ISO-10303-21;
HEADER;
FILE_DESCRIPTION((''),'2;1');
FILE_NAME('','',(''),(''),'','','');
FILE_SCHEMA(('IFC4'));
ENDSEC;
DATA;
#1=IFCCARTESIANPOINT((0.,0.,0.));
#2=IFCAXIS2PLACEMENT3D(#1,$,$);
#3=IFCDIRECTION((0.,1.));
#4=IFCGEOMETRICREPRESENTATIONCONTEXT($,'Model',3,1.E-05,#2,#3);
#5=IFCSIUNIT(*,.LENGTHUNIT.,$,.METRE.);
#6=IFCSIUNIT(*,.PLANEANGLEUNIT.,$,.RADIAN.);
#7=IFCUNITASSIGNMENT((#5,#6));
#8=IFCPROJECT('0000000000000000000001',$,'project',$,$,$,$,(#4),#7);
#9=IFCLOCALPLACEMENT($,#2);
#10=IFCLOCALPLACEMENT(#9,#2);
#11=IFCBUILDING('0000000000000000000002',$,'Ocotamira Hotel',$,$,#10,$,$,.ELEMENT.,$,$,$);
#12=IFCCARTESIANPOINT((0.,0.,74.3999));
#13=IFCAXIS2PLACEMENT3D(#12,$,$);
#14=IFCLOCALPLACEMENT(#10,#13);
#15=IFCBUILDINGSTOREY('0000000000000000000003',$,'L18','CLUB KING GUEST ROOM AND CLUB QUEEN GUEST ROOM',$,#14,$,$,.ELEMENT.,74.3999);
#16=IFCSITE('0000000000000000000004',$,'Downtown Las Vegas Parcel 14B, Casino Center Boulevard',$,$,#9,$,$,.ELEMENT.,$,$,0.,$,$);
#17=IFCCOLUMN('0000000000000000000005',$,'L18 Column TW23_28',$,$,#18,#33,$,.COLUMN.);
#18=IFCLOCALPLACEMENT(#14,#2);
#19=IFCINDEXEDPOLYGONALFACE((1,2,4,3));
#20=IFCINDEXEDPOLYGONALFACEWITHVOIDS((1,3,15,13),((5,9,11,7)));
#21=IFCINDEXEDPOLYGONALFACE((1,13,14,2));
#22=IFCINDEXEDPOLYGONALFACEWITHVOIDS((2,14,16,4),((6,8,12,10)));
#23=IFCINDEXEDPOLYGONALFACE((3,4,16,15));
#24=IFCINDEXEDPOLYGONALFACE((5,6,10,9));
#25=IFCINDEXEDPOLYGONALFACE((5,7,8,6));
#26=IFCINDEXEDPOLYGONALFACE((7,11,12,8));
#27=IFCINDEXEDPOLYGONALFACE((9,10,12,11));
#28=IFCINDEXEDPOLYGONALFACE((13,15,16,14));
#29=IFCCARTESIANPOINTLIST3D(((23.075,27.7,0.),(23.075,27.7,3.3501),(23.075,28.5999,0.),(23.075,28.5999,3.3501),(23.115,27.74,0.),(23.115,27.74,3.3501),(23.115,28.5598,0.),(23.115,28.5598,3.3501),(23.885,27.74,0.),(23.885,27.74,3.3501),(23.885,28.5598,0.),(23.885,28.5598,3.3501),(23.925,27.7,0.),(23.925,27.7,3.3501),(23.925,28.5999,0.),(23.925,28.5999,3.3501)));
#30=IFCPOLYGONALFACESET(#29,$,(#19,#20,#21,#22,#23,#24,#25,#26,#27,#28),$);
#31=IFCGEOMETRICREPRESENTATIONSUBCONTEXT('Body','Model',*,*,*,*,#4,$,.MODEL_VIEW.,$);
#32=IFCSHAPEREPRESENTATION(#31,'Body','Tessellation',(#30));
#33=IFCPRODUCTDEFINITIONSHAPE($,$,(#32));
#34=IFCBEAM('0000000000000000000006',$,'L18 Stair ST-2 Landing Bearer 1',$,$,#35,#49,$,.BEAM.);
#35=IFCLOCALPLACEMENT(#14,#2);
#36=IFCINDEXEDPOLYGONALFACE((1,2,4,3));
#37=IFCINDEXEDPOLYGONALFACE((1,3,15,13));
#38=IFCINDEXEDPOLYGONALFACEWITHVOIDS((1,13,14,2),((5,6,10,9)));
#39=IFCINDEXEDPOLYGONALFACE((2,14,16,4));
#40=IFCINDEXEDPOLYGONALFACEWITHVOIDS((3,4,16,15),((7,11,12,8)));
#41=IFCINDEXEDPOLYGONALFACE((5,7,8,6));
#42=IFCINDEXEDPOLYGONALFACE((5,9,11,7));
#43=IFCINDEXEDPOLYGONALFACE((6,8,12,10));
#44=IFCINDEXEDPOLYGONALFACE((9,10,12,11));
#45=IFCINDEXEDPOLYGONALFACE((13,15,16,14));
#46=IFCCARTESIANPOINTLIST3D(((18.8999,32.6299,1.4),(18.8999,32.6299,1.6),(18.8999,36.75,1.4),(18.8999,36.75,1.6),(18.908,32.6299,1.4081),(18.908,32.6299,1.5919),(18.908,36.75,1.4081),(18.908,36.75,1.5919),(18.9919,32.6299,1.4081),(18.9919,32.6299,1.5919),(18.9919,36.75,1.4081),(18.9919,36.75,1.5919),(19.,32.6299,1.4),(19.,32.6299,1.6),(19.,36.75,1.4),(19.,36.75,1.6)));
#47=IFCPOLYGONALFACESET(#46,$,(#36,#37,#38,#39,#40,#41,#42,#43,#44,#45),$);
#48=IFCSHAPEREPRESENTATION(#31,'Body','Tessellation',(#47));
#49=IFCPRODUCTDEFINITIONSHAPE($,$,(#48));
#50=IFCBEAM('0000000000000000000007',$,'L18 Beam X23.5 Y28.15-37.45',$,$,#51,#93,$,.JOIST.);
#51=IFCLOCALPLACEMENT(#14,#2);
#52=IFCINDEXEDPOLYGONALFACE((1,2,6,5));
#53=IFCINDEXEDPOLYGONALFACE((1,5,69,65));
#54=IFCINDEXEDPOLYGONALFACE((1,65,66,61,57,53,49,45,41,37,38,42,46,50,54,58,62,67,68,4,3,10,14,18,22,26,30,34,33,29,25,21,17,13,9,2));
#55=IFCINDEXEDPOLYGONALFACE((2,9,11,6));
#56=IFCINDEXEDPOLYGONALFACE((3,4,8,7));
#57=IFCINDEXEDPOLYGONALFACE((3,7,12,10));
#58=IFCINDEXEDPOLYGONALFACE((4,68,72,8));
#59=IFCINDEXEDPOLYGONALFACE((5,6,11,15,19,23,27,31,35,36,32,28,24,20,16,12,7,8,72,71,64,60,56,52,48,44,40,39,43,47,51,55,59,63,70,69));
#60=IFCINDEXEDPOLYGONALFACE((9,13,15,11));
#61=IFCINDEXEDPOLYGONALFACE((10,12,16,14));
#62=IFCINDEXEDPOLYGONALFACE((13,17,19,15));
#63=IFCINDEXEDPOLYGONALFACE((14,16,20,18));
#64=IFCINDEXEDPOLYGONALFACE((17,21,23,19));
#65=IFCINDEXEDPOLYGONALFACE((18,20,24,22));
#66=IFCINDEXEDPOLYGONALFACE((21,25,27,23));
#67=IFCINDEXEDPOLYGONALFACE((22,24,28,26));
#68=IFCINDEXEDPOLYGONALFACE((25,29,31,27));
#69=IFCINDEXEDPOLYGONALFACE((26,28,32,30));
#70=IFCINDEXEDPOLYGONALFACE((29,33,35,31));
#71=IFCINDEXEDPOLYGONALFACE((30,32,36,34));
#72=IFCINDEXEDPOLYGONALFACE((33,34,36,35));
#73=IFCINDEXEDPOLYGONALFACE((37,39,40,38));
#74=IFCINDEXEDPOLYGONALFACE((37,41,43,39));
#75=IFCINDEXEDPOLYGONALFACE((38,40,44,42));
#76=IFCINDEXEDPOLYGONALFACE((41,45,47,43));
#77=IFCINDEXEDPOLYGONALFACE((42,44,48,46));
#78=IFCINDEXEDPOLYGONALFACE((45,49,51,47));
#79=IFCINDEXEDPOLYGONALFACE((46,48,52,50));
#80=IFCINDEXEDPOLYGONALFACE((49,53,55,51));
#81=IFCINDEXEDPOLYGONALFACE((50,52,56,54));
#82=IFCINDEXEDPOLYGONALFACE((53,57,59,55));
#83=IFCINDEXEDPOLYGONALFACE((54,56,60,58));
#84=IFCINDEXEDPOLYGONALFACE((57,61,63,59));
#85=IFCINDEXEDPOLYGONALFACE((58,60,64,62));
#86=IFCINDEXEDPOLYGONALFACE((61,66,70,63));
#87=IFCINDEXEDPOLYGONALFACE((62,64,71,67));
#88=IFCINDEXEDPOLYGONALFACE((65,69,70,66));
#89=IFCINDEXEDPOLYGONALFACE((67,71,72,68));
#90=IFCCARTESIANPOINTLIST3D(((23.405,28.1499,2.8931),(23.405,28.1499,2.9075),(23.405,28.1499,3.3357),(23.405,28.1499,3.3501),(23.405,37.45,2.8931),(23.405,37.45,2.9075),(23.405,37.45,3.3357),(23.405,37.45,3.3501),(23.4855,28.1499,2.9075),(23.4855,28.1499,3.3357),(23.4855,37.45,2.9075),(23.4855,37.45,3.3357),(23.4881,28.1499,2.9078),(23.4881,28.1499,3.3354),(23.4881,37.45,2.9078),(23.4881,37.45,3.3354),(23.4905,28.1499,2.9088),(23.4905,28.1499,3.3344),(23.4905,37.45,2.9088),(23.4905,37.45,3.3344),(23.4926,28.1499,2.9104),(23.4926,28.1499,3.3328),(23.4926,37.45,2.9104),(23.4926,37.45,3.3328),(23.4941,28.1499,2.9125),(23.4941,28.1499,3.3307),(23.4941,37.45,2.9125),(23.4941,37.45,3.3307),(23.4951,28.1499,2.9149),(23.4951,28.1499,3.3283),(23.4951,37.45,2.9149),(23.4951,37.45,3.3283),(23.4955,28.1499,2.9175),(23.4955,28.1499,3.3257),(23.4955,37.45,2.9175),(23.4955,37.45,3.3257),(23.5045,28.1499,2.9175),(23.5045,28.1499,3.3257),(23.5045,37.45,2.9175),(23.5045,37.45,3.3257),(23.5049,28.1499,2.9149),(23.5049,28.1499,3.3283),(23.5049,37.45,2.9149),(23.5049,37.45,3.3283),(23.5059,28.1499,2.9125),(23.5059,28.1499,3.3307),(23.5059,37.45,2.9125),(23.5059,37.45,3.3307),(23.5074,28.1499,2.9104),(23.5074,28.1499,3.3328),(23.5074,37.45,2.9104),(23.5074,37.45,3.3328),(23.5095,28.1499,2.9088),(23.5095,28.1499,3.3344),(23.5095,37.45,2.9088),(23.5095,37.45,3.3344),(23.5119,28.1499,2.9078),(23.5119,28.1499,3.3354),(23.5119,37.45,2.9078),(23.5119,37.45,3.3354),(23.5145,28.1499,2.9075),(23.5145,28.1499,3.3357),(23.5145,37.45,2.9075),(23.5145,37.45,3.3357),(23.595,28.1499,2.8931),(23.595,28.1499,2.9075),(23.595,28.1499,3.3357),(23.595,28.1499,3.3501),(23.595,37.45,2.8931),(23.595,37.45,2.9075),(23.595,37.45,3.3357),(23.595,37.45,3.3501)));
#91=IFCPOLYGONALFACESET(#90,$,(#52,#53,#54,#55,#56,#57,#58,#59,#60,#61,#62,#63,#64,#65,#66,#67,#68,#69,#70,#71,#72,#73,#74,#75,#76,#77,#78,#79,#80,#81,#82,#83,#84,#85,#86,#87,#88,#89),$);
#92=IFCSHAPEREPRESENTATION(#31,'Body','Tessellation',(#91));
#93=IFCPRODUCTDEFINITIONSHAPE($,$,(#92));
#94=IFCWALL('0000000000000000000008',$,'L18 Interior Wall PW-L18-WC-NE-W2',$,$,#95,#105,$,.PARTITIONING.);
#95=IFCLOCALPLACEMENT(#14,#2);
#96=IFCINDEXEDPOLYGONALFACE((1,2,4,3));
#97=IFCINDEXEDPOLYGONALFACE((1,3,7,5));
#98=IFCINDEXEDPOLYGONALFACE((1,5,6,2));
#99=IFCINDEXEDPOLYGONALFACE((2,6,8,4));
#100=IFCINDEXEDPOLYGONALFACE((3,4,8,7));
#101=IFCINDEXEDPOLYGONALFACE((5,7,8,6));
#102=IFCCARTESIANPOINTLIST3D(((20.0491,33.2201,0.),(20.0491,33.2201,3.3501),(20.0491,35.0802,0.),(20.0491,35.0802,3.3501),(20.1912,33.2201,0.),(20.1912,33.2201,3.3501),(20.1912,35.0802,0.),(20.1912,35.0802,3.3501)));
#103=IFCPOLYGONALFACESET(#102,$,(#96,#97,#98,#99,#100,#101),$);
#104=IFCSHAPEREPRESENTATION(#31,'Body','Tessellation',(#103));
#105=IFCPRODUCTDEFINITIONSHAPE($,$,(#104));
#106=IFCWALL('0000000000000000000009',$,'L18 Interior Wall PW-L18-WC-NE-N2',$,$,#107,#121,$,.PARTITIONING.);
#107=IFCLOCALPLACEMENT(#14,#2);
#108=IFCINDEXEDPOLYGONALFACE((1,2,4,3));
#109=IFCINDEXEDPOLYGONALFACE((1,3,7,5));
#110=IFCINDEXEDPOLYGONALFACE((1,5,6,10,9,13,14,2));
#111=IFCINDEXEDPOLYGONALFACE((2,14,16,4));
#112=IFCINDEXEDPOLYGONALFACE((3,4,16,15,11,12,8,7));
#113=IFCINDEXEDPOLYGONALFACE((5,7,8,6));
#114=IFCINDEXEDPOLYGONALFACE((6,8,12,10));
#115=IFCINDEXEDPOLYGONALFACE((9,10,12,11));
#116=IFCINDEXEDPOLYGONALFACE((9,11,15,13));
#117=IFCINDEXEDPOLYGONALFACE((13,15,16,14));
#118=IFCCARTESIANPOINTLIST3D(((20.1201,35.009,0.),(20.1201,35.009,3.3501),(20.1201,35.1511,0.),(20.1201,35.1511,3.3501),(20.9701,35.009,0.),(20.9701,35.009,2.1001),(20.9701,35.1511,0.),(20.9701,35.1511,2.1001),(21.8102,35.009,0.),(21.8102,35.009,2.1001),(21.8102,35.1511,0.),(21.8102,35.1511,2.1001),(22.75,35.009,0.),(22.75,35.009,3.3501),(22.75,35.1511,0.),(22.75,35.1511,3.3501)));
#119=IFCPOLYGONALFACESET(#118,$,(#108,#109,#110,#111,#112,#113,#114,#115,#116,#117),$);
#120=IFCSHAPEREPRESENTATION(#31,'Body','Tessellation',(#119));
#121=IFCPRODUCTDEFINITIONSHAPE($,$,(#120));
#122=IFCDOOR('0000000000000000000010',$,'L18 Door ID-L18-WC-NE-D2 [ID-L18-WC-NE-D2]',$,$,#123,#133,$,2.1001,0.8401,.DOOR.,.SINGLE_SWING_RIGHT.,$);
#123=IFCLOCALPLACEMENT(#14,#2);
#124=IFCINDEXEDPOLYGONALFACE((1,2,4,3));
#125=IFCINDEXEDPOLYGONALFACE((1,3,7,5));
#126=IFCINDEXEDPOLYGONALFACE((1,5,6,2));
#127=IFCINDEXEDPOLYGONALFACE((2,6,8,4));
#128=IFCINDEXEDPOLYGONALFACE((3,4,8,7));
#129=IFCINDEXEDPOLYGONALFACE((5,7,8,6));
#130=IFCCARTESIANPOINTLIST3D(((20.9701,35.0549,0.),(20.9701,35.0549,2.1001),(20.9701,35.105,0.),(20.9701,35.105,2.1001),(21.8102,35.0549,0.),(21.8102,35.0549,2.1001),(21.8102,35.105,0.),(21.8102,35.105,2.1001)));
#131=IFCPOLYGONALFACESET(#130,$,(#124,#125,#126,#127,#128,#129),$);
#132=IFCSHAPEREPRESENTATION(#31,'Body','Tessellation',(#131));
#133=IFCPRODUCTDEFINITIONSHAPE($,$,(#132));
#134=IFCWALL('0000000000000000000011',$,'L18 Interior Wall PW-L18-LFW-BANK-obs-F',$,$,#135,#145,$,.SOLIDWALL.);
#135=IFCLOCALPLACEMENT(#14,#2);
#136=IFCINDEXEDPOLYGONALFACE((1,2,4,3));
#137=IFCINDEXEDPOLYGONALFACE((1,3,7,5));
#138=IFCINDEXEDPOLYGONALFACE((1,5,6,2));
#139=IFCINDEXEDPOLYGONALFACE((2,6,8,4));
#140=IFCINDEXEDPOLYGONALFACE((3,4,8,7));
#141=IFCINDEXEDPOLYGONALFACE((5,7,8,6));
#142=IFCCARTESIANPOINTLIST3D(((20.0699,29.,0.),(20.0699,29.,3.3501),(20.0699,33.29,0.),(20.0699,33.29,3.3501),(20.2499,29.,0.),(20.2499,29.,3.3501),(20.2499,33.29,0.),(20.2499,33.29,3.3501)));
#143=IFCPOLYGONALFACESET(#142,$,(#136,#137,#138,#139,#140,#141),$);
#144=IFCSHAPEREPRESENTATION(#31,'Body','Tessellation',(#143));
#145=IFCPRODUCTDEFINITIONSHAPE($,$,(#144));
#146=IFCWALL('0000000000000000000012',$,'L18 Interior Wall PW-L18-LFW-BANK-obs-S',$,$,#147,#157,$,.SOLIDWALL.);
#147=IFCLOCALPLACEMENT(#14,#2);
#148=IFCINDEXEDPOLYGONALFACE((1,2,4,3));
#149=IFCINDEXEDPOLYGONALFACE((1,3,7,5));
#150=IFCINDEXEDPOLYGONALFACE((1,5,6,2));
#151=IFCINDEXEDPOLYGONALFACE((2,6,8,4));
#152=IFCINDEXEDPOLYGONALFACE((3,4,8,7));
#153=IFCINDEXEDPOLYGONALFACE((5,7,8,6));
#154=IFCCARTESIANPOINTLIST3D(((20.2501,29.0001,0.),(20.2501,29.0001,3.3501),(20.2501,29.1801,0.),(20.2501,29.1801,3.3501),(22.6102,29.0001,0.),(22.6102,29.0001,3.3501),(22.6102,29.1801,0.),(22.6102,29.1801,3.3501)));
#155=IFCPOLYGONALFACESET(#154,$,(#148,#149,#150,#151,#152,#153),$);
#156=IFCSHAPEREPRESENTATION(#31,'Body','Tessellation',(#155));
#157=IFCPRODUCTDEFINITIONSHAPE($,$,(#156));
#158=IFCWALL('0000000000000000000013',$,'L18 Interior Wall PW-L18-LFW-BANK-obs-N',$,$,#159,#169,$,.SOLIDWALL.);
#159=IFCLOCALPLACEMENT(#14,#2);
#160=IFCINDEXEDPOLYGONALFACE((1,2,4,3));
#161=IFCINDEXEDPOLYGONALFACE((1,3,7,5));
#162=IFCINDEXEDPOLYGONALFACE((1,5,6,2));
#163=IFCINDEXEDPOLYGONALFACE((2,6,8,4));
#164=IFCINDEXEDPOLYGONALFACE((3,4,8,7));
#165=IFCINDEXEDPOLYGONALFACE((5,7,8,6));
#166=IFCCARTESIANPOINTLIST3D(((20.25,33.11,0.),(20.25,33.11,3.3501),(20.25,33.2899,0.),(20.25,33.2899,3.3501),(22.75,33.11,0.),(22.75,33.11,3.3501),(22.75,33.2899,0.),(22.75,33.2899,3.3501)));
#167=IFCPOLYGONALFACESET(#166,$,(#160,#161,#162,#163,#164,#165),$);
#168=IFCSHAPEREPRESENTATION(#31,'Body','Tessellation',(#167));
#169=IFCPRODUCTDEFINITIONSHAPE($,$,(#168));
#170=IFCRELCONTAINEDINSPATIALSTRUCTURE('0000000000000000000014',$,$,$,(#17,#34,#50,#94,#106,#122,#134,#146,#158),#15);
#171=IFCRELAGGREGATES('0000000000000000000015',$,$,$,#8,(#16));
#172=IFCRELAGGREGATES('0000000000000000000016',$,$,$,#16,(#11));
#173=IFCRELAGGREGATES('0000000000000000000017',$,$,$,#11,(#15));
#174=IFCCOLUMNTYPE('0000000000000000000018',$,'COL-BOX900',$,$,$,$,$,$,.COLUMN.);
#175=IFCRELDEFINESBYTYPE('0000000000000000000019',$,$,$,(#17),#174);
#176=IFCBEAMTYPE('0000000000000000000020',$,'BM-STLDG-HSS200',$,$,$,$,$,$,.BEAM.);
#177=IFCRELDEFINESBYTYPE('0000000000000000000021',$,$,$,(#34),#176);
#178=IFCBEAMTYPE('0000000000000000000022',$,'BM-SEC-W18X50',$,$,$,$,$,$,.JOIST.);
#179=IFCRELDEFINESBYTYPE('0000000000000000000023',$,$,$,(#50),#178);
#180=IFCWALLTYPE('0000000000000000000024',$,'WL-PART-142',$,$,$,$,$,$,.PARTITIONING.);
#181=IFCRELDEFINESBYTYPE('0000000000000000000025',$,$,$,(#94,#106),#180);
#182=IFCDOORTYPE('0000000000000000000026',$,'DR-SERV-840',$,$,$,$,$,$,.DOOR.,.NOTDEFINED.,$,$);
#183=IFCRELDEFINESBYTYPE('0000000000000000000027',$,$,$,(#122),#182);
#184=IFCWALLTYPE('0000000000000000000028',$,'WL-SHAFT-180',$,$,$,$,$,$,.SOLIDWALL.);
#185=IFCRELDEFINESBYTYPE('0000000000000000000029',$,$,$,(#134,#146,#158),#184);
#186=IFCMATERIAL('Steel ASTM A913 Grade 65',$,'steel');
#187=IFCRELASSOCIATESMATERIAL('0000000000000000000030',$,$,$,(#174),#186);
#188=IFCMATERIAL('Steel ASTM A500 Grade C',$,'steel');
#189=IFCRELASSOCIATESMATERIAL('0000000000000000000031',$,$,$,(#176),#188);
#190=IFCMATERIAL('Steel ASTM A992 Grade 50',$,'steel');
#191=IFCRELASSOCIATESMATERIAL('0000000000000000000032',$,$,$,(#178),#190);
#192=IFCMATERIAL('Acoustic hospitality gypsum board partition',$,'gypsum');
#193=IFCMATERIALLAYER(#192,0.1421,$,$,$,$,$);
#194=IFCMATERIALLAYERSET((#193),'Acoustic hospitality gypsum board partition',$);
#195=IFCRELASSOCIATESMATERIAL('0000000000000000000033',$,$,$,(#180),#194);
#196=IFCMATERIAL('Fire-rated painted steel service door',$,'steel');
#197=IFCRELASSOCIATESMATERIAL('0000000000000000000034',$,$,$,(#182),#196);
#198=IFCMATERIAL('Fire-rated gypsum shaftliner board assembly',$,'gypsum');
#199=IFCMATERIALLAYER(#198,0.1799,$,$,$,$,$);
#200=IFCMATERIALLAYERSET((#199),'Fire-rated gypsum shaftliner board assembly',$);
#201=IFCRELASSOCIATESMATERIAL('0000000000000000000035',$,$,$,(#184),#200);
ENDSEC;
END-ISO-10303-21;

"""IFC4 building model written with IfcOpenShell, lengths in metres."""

from ifc_helpers import new_model, si_unit, direction, frame, frame_2d, origin, origin_2d, place, context, subcontext, project, spatial, rectangle, hollow_rectangle, i_section, extrude, source, transform, mapped, material, layer, layer_set, material_profile, profile_set, type_object, element, fill, save


model = new_model("IFC4")

# Units and contexts
model_context = context("Model", 3, precision=1e-05, world=origin(), true_north=direction((0.0, 1.0)))
body_context = subcontext(model_context, "Body", "Model", "MODEL_VIEW")
ifc_project = project(units=[si_unit("LENGTHUNIT", "METRE"), si_unit("PLANEANGLEUNIT", "RADIAN")], contexts=[model_context])

# Site, building, storey
site_placement = place(None, origin())
site = spatial("IfcSite", under=ifc_project, at=site_placement, Name="Downtown Las Vegas Parcel 14B, Casino Center Boulevard", CompositionType="ELEMENT", RefElevation=0.0)
building_placement = place(site_placement, origin())
building = spatial("IfcBuilding", under=site, at=building_placement, Name="Ocotamira Hotel", CompositionType="ELEMENT")
storey_placement = place(building_placement, frame((0.0, 0.0, 74.3999)))
storey = spatial("IfcBuildingStorey", under=building, at=storey_placement, Name="L18", Description="CLUB KING GUEST ROOM AND CLUB QUEEN GUEST ROOM", CompositionType="ELEMENT", Elevation=74.3999)

# Column
ifc_material_1 = material(Name="Steel ASTM A913 Grade 65", Category="steel")
ifc_material_profile_1 = material_profile(ifc_material_1, hollow_rectangle(XDim=0.8501, YDim=0.8999, WallThickness=0.04, at=origin_2d()), Name="BOX900X850X40")
ifc_profile_set_1 = profile_set([ifc_material_profile_1], Name="Steel ASTM A913 Grade 65")
column_type = type_object("IfcColumnType", Name="COL-BOX900", PredefinedType="COLUMN", material=ifc_profile_set_1)
shared_shape_1 = source(origin(), body_context, "Body", "SweptSolid", [
    extrude(hollow_rectangle(XDim=0.8501, YDim=0.8999, WallThickness=0.04, at=origin_2d()), origin(), (0.0, 0.0, 1.0), 3.3501),
])
column_placement = place(storey_placement, frame((23.5, 28.1499, 0.0), z_axis=(0.0, 0.0, 1.0), x_axis=(1.0, 0.0, 0.0)))
element("IfcColumn", 1, at=column_placement, inside=storey, type_object=column_type, Name="L18 Column TW23_28", PredefinedType="COLUMN", context=body_context, shape_type="MappedRepresentation", body=[
    mapped(shared_shape_1, transform((0.0, 0.0, 0.0), scale=1.0)),
])

# Beams
ifc_material_2 = material(Name="Steel ASTM A500 Grade C", Category="steel")
ifc_material_profile_2 = material_profile(ifc_material_2, hollow_rectangle(XDim=0.1001, YDim=0.2, WallThickness=0.0081, at=origin_2d()), Name="HSS200X100X8")
ifc_profile_set_2 = profile_set([ifc_material_profile_2], Name="Steel ASTM A500 Grade C")
beam_type_1 = type_object("IfcBeamType", Name="BM-STLDG-HSS200", PredefinedType="BEAM", material=ifc_profile_set_2)
shared_shape_2 = source(origin(), body_context, "Body", "SweptSolid", [
    extrude(hollow_rectangle(XDim=0.1001, YDim=0.2, WallThickness=0.0081, at=origin_2d()), origin(), (0.0, 0.0, 1.0), 4.1201),
])
beam_1_placement = place(storey_placement, frame((18.95, 32.6299, 1.5), z_axis=(0.0, 1.0, 0.0), x_axis=(-1.0, 0.0, 0.0)))
element("IfcBeam", 2, at=beam_1_placement, inside=storey, type_object=beam_type_1, Name="L18 Stair ST-2 Landing Bearer 1", PredefinedType="BEAM", context=body_context, shape_type="MappedRepresentation", body=[
    mapped(shared_shape_2, transform((0.0, 0.0, 0.0), scale=1.0)),
])
ifc_material_3 = material(Name="Steel ASTM A992 Grade 50", Category="steel")
ifc_material_profile_3 = material_profile(ifc_material_3, i_section(OverallWidth=0.1899, OverallDepth=0.457, WebThickness=0.009, FlangeThickness=0.0144, FilletRadius=0.01, at=origin_2d()), Name="W18X50")
ifc_profile_set_3 = profile_set([ifc_material_profile_3], Name="Steel ASTM A992 Grade 50")
beam_type_2 = type_object("IfcBeamType", Name="BM-SEC-W18X50", PredefinedType="JOIST", material=ifc_profile_set_3)
shared_shape_3 = source(origin(), body_context, "Body", "SweptSolid", [
    extrude(i_section(OverallWidth=0.1899, OverallDepth=0.457, WebThickness=0.009, FlangeThickness=0.0144, FilletRadius=0.01, at=origin_2d()), origin(), (0.0, 0.0, 1.0), 9.3),
])
beam_2_placement = place(storey_placement, frame((23.5, 28.1499, 3.1216), z_axis=(0.0, 1.0, 0.0), x_axis=(-1.0, 0.0, 0.0)))
element("IfcBeam", 3, at=beam_2_placement, inside=storey, type_object=beam_type_2, Name="L18 Beam X23.5 Y28.15-37.45", PredefinedType="JOIST", context=body_context, shape_type="MappedRepresentation", body=[
    mapped(shared_shape_3, transform((0.0, 0.0, 0.0), scale=1.0)),
])

# Wall
ifc_material_4 = material(Name="Acoustic hospitality gypsum board partition", Category="gypsum")
ifc_layer_1 = layer(ifc_material_4, 0.1421)
ifc_layer_set_1 = layer_set([ifc_layer_1], Name="Acoustic hospitality gypsum board partition")
wall_type_1 = type_object("IfcWallType", Name="WL-PART-142", PredefinedType="PARTITIONING", material=ifc_layer_set_1)
wall_1_placement = place(storey_placement, frame((20.1201, 33.22, 0.0), z_axis=(0.0, 0.0, 1.0), x_axis=(0.0, 1.0, 0.0)))
element("IfcWall", 4, at=wall_1_placement, inside=storey, type_object=wall_type_1, Name="L18 Interior Wall PW-L18-WC-NE-W2", PredefinedType="PARTITIONING", context=body_context, shape_type="SweptSolid", body=[
    extrude(rectangle(XDim=1.8601, YDim=0.1421, at=frame_2d((0.9302, 0.0))), origin(), (0.0, 0.0, 1.0), 3.3501),
])

# Wall, opening, door
wall_2_placement = place(storey_placement, frame((20.1201, 35.0801, 0.0), z_axis=(0.0, 0.0, 1.0), x_axis=(1.0, 0.0, 0.0)))
wall_2 = element("IfcWall", 5, at=wall_2_placement, inside=storey, type_object=wall_type_1, Name="L18 Interior Wall PW-L18-WC-NE-N2", PredefinedType="PARTITIONING", context=body_context, shape_type="SweptSolid", body=[
    extrude(rectangle(XDim=2.6299, YDim=0.1421, at=frame_2d((1.3149, 0.0))), origin(), (0.0, 0.0, 1.0), 3.3501),
])
opening_1_placement = place(wall_2_placement, frame((0.8501, 0.0, 0.0)))
opening_1 = element("IfcOpeningElement", 6, at=opening_1_placement, cuts=wall_2, PredefinedType="OPENING", context=body_context, shape_type="SweptSolid", body=[
    extrude(rectangle(XDim=0.8401, YDim=2.1001, at=frame_2d((0.4199, 1.05))), frame((0.0, 0.0811, 0.0), z_axis=(0.0, -1.0, 0.0), x_axis=(1.0, 0.0, 0.0)), (0.0, 0.0, 1.0), 0.1621),
])
ifc_material_5 = material(Name="Fire-rated painted steel service door", Category="steel")
door_type_1 = type_object("IfcDoorType", Name="DR-SERV-840", OperationType="NOTDEFINED", PredefinedType="DOOR", material=ifc_material_5)
shared_shape_4 = source(origin(), body_context, "Body", "SweptSolid", [
    extrude(rectangle(XDim=0.8401, YDim=2.1001, at=frame_2d((0.4199, 1.05))), frame((0.0, 0.0249, 0.0), z_axis=(0.0, -1.0, 0.0), x_axis=(1.0, 0.0, 0.0)), (0.0, 0.0, 1.0), 0.05),
])
door_1_placement = place(opening_1_placement, origin())
door_1 = element("IfcDoor", 7, at=door_1_placement, inside=storey, type_object=door_type_1, Name="L18 Door ID-L18-WC-NE-D2 [ID-L18-WC-NE-D2]", OperationType="SINGLE_SWING_RIGHT", OverallHeight=2.1001, OverallWidth=0.8401, PredefinedType="DOOR", context=body_context, shape_type="MappedRepresentation", body=[
    mapped(shared_shape_4, transform((0.0, 0.0, 0.0), scale=1.0)),
])
fill(opening_1, door_1)

# Walls
ifc_material_6 = material(Name="Fire-rated gypsum shaftliner board assembly", Category="gypsum")
ifc_layer_2 = layer(ifc_material_6, 0.1799)
ifc_layer_set_2 = layer_set([ifc_layer_2], Name="Fire-rated gypsum shaftliner board assembly")
wall_type_2 = type_object("IfcWallType", Name="WL-SHAFT-180", PredefinedType="SOLIDWALL", material=ifc_layer_set_2)
wall_3_placement = place(storey_placement, frame((20.1599, 29.0, 0.0), z_axis=(0.0, 0.0, 1.0), x_axis=(0.0, 1.0, 0.0)))
element("IfcWall", 8, at=wall_3_placement, inside=storey, type_object=wall_type_2, Name="L18 Interior Wall PW-L18-LFW-BANK-obs-F", PredefinedType="SOLIDWALL", context=body_context, shape_type="SweptSolid", body=[
    extrude(rectangle(XDim=4.29, YDim=0.1799, at=frame_2d((2.145, 0.0))), origin(), (0.0, 0.0, 1.0), 3.3501),
])
wall_4_placement = place(storey_placement, frame((20.25, 29.0901, 0.0), z_axis=(0.0, 0.0, 1.0), x_axis=(1.0, 0.0, 0.0)))
element("IfcWall", 9, at=wall_4_placement, inside=storey, type_object=wall_type_2, Name="L18 Interior Wall PW-L18-LFW-BANK-obs-S", PredefinedType="SOLIDWALL", context=body_context, shape_type="SweptSolid", body=[
    extrude(rectangle(XDim=2.3601, YDim=0.1799, at=frame_2d((1.1802, 0.0))), origin(), (0.0, 0.0, 1.0), 3.3501),
])
wall_5_placement = place(storey_placement, frame((20.25, 33.2, 0.0), z_axis=(0.0, 0.0, 1.0), x_axis=(1.0, 0.0, 0.0)))
element("IfcWall", 10, at=wall_5_placement, inside=storey, type_object=wall_type_2, Name="L18 Interior Wall PW-L18-LFW-BANK-obs-N", PredefinedType="SOLIDWALL", context=body_context, shape_type="SweptSolid", body=[
    extrude(rectangle(XDim=2.5, YDim=0.1799, at=frame_2d((1.25, 0.0))), origin(), (0.0, 0.0, 1.0), 3.3501),
])

save(model, "model.ifc")
